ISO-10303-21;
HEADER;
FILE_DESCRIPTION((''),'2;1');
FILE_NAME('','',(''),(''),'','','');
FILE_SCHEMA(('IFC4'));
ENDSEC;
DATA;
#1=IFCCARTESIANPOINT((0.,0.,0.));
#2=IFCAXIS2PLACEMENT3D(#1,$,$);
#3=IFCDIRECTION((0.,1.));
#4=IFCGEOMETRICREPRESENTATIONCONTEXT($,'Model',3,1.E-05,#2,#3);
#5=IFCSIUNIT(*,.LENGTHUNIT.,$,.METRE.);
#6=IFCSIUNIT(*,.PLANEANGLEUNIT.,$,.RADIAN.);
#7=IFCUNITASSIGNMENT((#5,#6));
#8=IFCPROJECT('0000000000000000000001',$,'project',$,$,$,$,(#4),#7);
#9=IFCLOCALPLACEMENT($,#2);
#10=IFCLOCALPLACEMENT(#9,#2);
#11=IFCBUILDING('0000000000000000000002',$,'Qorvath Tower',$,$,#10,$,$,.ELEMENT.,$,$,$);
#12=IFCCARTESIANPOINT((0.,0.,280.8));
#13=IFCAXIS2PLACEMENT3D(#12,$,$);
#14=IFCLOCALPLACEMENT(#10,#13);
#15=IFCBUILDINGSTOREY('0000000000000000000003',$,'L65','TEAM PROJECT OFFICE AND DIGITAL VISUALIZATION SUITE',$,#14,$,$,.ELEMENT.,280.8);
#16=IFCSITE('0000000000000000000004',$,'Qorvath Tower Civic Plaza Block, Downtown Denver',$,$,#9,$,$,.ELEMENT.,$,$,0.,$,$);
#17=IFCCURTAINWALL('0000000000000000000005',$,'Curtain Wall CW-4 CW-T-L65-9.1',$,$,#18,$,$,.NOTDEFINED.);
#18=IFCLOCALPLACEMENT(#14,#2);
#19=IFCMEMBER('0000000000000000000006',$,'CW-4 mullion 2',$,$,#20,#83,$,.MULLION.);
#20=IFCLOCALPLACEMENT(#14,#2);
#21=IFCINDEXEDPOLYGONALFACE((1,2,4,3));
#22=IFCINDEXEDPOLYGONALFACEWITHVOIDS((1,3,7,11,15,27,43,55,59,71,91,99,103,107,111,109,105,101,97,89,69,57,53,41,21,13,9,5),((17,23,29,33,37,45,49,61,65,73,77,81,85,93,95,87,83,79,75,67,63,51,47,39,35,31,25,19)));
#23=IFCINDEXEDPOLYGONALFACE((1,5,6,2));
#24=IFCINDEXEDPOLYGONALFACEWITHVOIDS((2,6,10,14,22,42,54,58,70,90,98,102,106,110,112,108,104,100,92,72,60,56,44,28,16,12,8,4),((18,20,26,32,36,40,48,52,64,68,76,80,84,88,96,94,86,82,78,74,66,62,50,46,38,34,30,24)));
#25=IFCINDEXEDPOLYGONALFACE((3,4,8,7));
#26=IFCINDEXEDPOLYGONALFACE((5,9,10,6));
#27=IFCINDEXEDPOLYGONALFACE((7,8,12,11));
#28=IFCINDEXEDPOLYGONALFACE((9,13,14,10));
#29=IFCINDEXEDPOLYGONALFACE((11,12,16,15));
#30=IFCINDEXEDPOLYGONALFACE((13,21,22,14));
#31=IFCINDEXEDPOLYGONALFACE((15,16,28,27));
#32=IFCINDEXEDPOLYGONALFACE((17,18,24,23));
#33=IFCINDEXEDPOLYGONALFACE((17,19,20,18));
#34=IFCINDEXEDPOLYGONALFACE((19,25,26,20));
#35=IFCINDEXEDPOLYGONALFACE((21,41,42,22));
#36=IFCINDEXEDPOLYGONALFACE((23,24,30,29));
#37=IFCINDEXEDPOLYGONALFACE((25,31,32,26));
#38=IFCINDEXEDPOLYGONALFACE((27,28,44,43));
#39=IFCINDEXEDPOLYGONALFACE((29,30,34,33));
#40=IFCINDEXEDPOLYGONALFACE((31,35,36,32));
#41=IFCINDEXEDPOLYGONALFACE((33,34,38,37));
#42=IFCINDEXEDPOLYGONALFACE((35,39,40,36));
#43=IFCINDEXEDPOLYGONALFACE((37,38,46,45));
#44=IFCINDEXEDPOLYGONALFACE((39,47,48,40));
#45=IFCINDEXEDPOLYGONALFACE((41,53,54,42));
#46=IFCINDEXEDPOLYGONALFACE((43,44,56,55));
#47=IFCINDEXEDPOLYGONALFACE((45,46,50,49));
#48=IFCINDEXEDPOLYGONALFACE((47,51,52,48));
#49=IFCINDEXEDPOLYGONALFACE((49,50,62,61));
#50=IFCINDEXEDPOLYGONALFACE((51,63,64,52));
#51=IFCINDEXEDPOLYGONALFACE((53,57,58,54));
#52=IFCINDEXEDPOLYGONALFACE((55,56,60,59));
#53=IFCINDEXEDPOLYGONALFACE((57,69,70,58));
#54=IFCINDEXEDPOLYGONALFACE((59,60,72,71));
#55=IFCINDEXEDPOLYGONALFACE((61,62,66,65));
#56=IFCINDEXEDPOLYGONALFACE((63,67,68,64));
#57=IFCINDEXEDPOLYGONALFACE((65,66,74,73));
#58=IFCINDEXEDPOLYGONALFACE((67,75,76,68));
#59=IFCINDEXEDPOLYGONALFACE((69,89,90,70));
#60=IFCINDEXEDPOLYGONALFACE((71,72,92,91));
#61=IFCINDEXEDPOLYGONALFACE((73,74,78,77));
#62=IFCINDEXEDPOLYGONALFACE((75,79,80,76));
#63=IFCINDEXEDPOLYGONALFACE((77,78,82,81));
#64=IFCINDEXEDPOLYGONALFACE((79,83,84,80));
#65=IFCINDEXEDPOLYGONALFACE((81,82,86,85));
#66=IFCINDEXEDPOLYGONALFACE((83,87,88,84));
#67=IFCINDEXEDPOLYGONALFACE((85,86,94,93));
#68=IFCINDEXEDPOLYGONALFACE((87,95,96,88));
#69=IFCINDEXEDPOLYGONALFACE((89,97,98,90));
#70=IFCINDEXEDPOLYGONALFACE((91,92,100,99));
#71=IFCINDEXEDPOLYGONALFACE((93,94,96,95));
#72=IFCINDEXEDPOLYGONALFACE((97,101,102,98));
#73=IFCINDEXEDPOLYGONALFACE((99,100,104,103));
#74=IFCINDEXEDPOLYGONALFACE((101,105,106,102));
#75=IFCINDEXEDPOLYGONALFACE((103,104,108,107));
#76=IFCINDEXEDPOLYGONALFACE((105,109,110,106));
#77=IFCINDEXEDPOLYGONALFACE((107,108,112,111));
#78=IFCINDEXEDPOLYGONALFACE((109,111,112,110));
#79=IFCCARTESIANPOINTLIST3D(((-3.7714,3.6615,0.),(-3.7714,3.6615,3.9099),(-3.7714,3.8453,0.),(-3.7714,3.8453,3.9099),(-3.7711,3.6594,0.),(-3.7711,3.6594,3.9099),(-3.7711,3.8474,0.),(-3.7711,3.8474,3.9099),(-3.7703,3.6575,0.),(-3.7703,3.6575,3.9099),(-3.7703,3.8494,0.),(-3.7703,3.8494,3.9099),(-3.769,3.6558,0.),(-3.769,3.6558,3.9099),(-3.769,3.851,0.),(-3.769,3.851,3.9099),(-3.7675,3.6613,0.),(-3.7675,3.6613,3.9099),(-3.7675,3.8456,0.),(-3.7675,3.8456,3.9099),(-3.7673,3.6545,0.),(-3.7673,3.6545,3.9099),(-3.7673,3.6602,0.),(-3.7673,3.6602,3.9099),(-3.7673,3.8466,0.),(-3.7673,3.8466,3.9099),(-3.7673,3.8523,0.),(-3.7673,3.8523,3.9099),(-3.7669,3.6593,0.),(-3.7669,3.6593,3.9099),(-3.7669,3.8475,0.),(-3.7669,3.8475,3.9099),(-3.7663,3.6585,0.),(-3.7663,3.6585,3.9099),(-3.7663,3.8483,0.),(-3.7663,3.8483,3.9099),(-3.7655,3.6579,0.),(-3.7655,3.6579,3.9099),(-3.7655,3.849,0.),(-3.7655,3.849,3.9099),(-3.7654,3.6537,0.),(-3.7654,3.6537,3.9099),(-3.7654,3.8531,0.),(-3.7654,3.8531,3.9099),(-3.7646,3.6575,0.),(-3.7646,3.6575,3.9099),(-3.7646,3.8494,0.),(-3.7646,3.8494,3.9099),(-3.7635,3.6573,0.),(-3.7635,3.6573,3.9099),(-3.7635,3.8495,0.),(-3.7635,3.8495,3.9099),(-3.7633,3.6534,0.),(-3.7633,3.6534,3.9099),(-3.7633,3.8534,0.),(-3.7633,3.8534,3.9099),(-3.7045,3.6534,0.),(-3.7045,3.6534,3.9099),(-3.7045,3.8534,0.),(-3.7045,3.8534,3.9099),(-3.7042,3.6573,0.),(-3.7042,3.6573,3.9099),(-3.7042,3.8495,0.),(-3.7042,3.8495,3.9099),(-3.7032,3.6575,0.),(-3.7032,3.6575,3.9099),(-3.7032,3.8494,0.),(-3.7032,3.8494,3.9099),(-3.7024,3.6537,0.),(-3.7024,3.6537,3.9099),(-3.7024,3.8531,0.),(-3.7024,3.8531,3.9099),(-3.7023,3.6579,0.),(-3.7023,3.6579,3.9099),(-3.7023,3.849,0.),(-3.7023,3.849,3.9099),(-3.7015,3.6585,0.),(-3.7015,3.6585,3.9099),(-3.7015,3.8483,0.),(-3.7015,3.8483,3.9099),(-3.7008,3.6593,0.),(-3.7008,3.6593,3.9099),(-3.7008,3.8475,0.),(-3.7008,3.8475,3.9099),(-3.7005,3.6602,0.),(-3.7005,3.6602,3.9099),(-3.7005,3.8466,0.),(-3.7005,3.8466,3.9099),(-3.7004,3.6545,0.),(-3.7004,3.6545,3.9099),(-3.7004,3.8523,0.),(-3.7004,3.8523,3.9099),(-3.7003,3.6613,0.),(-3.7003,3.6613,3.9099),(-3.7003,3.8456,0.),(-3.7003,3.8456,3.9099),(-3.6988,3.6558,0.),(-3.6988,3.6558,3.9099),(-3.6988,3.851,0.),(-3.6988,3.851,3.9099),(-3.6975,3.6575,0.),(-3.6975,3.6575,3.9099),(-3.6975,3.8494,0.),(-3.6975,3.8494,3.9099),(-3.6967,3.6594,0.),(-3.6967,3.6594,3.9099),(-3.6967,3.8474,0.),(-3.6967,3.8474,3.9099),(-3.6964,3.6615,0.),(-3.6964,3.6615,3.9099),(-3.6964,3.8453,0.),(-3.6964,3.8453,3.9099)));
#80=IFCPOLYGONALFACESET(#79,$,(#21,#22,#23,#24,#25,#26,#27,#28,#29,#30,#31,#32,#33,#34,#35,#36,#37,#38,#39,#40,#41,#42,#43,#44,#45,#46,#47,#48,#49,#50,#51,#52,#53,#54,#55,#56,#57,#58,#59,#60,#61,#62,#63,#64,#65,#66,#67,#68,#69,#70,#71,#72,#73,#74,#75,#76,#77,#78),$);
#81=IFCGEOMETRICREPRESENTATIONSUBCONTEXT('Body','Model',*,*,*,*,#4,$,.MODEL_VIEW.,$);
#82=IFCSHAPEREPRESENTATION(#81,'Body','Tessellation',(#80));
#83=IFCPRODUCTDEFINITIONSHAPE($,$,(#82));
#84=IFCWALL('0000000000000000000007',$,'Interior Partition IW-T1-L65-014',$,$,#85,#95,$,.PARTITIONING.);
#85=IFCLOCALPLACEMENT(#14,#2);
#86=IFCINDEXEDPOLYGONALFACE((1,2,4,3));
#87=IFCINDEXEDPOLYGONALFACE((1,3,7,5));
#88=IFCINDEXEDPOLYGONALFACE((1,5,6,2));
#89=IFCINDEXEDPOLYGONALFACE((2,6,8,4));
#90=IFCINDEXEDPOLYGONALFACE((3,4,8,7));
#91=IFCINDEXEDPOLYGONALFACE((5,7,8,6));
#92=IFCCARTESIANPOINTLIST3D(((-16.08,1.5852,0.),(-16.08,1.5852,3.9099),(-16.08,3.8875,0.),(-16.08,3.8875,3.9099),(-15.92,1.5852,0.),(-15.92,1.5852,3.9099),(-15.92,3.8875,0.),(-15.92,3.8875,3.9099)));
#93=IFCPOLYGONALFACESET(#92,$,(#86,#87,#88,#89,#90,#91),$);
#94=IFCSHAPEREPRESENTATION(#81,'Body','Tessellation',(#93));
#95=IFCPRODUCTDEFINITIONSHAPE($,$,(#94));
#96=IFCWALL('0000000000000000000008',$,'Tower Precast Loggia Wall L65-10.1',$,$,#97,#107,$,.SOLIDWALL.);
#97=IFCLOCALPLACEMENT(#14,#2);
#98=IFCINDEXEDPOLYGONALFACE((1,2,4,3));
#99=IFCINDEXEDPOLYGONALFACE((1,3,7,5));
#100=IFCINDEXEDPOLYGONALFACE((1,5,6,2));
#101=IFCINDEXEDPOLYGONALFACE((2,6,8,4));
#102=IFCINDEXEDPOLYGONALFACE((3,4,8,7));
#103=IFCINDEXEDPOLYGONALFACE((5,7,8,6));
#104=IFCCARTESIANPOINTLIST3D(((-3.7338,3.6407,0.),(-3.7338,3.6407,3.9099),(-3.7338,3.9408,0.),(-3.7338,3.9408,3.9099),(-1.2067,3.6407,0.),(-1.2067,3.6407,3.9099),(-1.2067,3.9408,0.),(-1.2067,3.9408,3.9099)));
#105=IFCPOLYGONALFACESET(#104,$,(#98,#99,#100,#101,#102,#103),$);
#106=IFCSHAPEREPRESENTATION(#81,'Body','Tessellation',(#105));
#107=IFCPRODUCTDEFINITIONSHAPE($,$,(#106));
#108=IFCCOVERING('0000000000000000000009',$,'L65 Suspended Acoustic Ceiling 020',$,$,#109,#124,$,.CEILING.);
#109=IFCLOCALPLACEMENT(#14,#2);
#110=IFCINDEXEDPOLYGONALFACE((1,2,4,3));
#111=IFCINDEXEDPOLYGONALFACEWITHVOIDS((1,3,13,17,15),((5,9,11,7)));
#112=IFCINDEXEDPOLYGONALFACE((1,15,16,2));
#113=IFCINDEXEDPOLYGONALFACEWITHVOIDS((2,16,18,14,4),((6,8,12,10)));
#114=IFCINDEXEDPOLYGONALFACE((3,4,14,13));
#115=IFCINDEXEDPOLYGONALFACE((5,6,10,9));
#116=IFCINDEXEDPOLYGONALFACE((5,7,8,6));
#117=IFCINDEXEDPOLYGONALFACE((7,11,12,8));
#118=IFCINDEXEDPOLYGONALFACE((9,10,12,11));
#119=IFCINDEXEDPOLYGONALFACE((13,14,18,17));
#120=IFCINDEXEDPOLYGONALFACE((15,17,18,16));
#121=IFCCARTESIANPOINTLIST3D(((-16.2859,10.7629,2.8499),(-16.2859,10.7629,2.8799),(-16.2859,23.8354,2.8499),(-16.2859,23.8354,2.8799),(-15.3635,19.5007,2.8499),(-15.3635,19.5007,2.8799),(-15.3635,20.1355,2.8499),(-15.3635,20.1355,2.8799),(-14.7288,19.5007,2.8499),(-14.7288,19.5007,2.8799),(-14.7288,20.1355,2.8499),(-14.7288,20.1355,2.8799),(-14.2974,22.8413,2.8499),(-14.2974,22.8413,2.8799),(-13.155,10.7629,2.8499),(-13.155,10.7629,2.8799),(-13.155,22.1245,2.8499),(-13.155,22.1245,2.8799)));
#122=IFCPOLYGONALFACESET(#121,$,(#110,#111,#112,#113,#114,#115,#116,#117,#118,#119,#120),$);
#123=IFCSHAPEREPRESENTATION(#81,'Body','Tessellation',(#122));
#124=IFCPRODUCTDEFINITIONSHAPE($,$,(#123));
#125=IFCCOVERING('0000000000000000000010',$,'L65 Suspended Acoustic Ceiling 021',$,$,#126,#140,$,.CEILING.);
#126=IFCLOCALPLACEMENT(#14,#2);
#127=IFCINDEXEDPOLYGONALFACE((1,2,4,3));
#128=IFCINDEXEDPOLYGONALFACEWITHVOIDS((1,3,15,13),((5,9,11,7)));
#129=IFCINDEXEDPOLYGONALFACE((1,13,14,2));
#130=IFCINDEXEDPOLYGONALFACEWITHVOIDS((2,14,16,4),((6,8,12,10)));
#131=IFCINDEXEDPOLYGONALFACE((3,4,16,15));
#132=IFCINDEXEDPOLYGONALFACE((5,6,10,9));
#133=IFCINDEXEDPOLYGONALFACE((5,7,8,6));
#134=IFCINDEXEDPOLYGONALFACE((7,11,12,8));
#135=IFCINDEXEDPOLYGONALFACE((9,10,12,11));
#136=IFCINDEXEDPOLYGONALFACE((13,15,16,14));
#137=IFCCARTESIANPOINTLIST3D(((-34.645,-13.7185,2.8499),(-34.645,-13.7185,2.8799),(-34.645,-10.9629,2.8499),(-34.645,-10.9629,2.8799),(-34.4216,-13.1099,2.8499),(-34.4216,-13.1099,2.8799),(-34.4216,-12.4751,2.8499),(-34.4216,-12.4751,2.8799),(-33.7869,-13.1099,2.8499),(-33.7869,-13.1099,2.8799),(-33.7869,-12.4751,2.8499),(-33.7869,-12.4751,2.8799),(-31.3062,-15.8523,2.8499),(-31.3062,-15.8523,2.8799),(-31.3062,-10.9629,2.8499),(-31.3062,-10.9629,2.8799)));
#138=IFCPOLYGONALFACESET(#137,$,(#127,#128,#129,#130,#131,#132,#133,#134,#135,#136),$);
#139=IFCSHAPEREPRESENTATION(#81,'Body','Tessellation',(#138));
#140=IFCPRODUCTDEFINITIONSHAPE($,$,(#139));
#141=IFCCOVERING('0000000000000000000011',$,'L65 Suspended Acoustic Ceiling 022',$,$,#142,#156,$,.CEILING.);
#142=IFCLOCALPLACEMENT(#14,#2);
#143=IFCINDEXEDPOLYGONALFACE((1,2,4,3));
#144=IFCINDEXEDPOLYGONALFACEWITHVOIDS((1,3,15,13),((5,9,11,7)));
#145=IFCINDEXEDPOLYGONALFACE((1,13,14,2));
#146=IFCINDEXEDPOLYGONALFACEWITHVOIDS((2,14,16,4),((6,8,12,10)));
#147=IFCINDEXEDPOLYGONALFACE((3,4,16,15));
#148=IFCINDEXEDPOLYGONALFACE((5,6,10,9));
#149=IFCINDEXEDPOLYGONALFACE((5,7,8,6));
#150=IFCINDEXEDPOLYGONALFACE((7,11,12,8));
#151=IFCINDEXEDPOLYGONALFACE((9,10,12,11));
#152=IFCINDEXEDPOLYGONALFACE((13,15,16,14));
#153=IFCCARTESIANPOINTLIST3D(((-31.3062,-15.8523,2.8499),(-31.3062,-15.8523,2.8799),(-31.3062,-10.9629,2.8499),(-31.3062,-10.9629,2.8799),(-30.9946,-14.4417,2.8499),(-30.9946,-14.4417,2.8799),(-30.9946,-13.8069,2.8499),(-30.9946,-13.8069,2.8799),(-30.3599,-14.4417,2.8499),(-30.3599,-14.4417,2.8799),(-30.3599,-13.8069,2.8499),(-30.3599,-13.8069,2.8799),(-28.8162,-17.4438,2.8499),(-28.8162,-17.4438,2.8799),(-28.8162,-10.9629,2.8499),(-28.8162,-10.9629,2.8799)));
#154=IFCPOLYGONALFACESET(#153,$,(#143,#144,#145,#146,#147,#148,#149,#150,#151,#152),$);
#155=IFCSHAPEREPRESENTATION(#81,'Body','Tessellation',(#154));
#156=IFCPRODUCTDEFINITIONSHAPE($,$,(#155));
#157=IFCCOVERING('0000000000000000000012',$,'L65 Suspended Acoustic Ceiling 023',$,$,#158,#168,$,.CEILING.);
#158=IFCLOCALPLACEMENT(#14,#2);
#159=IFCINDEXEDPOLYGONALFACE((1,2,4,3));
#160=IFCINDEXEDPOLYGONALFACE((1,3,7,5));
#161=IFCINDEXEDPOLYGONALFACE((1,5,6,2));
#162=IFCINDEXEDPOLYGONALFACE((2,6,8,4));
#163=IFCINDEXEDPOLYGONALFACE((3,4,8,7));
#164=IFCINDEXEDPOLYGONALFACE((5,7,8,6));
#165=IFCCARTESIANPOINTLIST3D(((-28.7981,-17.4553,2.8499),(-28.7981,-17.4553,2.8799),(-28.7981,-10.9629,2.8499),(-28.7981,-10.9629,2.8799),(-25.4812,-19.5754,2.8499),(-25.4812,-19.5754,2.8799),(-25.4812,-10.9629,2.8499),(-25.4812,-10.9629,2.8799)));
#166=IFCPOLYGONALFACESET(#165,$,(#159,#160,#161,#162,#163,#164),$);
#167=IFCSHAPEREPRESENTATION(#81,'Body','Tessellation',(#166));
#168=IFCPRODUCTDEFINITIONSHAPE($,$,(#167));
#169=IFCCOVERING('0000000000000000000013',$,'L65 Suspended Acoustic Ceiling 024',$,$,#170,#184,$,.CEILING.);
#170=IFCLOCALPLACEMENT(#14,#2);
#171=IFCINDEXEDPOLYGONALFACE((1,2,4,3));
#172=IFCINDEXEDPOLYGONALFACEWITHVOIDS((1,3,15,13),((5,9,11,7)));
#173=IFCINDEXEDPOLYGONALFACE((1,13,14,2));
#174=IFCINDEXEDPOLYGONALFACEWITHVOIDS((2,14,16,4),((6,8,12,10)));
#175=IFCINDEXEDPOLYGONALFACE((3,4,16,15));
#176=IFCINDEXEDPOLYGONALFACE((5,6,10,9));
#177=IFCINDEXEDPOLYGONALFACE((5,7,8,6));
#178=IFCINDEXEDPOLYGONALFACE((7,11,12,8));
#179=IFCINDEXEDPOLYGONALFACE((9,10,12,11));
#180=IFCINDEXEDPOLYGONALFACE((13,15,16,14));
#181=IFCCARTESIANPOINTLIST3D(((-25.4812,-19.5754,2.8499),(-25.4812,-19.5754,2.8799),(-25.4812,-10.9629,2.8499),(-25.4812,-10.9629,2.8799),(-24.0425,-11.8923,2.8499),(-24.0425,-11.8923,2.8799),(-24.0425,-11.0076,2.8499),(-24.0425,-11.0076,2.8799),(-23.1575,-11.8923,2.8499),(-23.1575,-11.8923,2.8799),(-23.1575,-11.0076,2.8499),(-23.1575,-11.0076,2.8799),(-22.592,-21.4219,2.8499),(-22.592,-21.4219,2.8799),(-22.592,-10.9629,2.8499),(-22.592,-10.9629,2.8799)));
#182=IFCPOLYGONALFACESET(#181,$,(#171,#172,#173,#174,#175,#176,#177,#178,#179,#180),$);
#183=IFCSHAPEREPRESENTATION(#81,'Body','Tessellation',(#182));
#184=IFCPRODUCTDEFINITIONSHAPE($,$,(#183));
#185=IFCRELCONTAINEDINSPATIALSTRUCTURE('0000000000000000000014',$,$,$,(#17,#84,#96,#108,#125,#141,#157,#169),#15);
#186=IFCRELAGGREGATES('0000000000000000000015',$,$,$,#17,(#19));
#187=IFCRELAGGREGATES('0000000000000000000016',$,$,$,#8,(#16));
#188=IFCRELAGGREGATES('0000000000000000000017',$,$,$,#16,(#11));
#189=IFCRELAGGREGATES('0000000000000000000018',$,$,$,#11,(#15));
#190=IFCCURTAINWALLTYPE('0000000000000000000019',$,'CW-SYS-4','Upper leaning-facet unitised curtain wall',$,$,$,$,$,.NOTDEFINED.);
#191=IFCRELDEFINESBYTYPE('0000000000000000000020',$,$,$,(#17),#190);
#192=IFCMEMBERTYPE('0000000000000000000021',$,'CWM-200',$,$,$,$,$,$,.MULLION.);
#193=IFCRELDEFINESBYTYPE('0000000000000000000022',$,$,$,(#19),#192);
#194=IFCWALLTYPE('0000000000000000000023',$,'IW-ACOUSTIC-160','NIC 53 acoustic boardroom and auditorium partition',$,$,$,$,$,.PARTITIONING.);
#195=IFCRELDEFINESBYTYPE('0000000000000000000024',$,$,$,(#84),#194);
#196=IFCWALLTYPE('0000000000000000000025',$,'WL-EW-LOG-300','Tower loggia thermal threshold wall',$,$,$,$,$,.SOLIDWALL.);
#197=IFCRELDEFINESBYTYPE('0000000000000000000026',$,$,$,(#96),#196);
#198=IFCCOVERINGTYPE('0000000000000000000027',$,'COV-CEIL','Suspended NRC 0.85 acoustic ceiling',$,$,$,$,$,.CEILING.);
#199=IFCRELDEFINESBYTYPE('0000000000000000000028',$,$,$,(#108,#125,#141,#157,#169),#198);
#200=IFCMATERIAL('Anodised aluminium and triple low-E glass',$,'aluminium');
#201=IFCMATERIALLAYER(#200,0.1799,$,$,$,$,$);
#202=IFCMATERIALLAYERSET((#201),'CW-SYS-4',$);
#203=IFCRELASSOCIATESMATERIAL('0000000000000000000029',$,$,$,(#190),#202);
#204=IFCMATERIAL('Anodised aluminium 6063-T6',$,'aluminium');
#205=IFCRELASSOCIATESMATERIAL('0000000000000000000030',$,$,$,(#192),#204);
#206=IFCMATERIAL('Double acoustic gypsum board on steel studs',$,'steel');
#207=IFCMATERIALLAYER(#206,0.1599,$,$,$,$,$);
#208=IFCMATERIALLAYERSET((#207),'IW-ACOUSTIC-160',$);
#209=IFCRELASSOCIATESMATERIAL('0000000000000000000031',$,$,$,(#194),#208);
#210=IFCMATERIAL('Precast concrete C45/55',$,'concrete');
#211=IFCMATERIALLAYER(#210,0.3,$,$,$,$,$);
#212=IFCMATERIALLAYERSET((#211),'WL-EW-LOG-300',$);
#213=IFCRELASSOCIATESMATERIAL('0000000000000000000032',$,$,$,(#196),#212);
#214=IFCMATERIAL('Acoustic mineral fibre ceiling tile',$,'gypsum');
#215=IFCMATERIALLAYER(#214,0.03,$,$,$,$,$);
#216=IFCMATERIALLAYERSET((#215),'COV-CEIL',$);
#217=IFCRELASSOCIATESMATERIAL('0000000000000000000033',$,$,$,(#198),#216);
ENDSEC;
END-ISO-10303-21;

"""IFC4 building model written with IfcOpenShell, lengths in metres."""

from ifc_helpers import new_model, si_unit, direction, frame, frame_2d, origin, origin_2d, place, context, subcontext, project, spatial, polyline, rectangle, hollow_rectangle, outline, extrude, material, layer, layer_set, material_profile, profile_set, type_object, element, aggregate, save


model = new_model("IFC4")

# Units and contexts
model_context = context("Model", 3, precision=1e-05, world=origin(), true_north=direction((0.0, 1.0)))
body_context = subcontext(model_context, "Body", "Model", "MODEL_VIEW")
ifc_project = project(units=[si_unit("LENGTHUNIT", "METRE"), si_unit("PLANEANGLEUNIT", "RADIAN")], contexts=[model_context])

# Site, building, storey
site_placement = place(None, origin())
site = spatial("IfcSite", under=ifc_project, at=site_placement, Name="Qorvath Tower Civic Plaza Block, Downtown Denver", CompositionType="ELEMENT", RefElevation=0.0)
building_placement = place(site_placement, origin())
building = spatial("IfcBuilding", under=site, at=building_placement, Name="Qorvath Tower", CompositionType="ELEMENT")
storey_placement = place(building_placement, frame((0.0, 0.0, 280.8)))
storey = spatial("IfcBuildingStorey", under=building, at=storey_placement, Name="L65", Description="TEAM PROJECT OFFICE AND DIGITAL VISUALIZATION SUITE", CompositionType="ELEMENT", Elevation=280.8)

# Curtain wall, member
ifc_material_1 = material(Name="Anodised aluminium and triple low-E glass", Category="aluminium")
ifc_layer_1 = layer(ifc_material_1, 0.1799)
ifc_layer_set_1 = layer_set([ifc_layer_1], Name="CW-SYS-4")
curtain_wall_type = type_object("IfcCurtainWallType", Name="CW-SYS-4", Description="Upper leaning-facet unitised curtain wall", PredefinedType="NOTDEFINED", material=ifc_layer_set_1)
curtain_wall_placement = place(storey_placement, origin())
curtain_wall = element("IfcCurtainWall", 1, at=curtain_wall_placement, inside=storey, type_object=curtain_wall_type, Name="Curtain Wall CW-4 CW-T-L65-9.1", PredefinedType="NOTDEFINED")
ifc_material_2 = material(Name="Anodised aluminium 6063-T6", Category="aluminium")
ifc_material_profile = material_profile(ifc_material_2, hollow_rectangle(XDim=0.075, YDim=0.2, WallThickness=0.0039, InnerFilletRadius=0.0039, OuterFilletRadius=0.0081, at=origin_2d()), Name="CWM 200x75")
ifc_profile_set = profile_set([ifc_material_profile], Name="Anodised aluminium 6063-T6")
member_type = type_object("IfcMemberType", Name="CWM-200", PredefinedType="MULLION", material=ifc_profile_set)
member_placement = place(storey_placement, frame((-3.7339, 3.7534, 0.0), z_axis=(0.0, 0.0, 1.0), x_axis=(-1.0, 0.0, 0.0)))
member = element("IfcMember", 2, at=member_placement, type_object=member_type, Name="CW-4 mullion 2", PredefinedType="MULLION", context=body_context, shape_type="SweptSolid", body=[
    extrude(hollow_rectangle(XDim=0.075, YDim=0.2, WallThickness=0.0039, InnerFilletRadius=0.0039, OuterFilletRadius=0.0081, at=origin_2d()), origin(), (0.0, 0.0, 1.0), 3.9099),
])
aggregate(curtain_wall, [member])

# Walls
ifc_material_3 = material(Name="Double acoustic gypsum board on steel studs", Category="steel")
ifc_layer_2 = layer(ifc_material_3, 0.1599)
ifc_layer_set_2 = layer_set([ifc_layer_2], Name="IW-ACOUSTIC-160")
wall_type_1 = type_object("IfcWallType", Name="IW-ACOUSTIC-160", Description="NIC 53 acoustic boardroom and auditorium partition", PredefinedType="PARTITIONING", material=ifc_layer_set_2)
wall_1_placement = place(storey_placement, frame((-16.0, 1.5852, 0.0), z_axis=(0.0, 0.0, 1.0), x_axis=(0.0, 1.0, 0.0)))
element("IfcWall", 3, at=wall_1_placement, inside=storey, type_object=wall_type_1, Name="Interior Partition IW-T1-L65-014", PredefinedType="PARTITIONING", context=body_context, shape_type="SweptSolid", body=[
    extrude(rectangle(XDim=2.3022, YDim=0.1599, at=frame_2d((1.1511, 0.0))), origin(), (0.0, 0.0, 1.0), 3.9099),
])
ifc_material_4 = material(Name="Precast concrete C45/55", Category="concrete")
ifc_layer_3 = layer(ifc_material_4, 0.3)
ifc_layer_set_3 = layer_set([ifc_layer_3], Name="WL-EW-LOG-300")
wall_type_2 = type_object("IfcWallType", Name="WL-EW-LOG-300", Description="Tower loggia thermal threshold wall", PredefinedType="SOLIDWALL", material=ifc_layer_set_3)
wall_2_placement = place(storey_placement, frame((-3.7339, 3.7908, 0.0), z_axis=(0.0, 0.0, 1.0), x_axis=(1.0, 0.0, 0.0)))
element("IfcWall", 4, at=wall_2_placement, inside=storey, type_object=wall_type_2, Name="Tower Precast Loggia Wall L65-10.1", PredefinedType="SOLIDWALL", context=body_context, shape_type="SweptSolid", body=[
    extrude(rectangle(XDim=2.5271, YDim=0.3, at=frame_2d((1.2637, 0.0))), origin(), (0.0, 0.0, 1.0), 3.9099),
])

# Coverings
ifc_material_5 = material(Name="Acoustic mineral fibre ceiling tile", Category="gypsum")
ifc_layer_4 = layer(ifc_material_5, 0.03)
ifc_layer_set_4 = layer_set([ifc_layer_4], Name="COV-CEIL")
covering_type_1 = type_object("IfcCoveringType", Name="COV-CEIL", Description="Suspended NRC 0.85 acoustic ceiling", PredefinedType="CEILING", material=ifc_layer_set_4)
covering_1_placement = place(storey_placement, frame((0.0, 0.0, 2.8499)))
element("IfcCovering", 5, at=covering_1_placement, inside=storey, type_object=covering_type_1, Name="L65 Suspended Acoustic Ceiling 020", PredefinedType="CEILING", context=body_context, shape_type="SweptSolid", body=[
    extrude(outline(polyline([(-13.155, 10.7629), (-13.155, 22.1245), (-14.2974, 22.8413), (-16.2859, 23.8354), (-16.2859, 10.7629), (-13.155, 10.7629)]), holes=[polyline([(-15.3635, 19.5007), (-15.3635, 20.1355), (-14.7288, 20.1355), (-14.7288, 19.5007), (-15.3635, 19.5007)])]), origin(), (0.0, 0.0, 1.0), 0.03),
])
covering_2_placement = place(storey_placement, frame((0.0, 0.0, 2.8499)))
element("IfcCovering", 6, at=covering_2_placement, inside=storey, type_object=covering_type_1, Name="L65 Suspended Acoustic Ceiling 021", PredefinedType="CEILING", context=body_context, shape_type="SweptSolid", body=[
    extrude(outline(polyline([(-34.645, -10.9629), (-34.645, -13.7185), (-31.3062, -15.8523), (-31.3062, -10.9629), (-34.645, -10.9629)]), holes=[polyline([(-34.4216, -13.1099), (-34.4216, -12.4751), (-33.7869, -12.4751), (-33.7869, -13.1099), (-34.4216, -13.1099)])]), origin(), (0.0, 0.0, 1.0), 0.03),
])
covering_3_placement = place(storey_placement, frame((0.0, 0.0, 2.8499)))
element("IfcCovering", 7, at=covering_3_placement, inside=storey, type_object=covering_type_1, Name="L65 Suspended Acoustic Ceiling 022", PredefinedType="CEILING", context=body_context, shape_type="SweptSolid", body=[
    extrude(outline(polyline([(-31.3062, -10.9629), (-31.3062, -15.8523), (-28.8162, -17.4438), (-28.8162, -10.9629), (-31.3062, -10.9629)]), holes=[polyline([(-30.9946, -14.4417), (-30.9946, -13.8069), (-30.3599, -13.8069), (-30.3599, -14.4417), (-30.9946, -14.4417)])]), origin(), (0.0, 0.0, 1.0), 0.03),
])
covering_4_placement = place(storey_placement, frame((0.0, 0.0, 2.8499)))
element("IfcCovering", 8, at=covering_4_placement, inside=storey, type_object=covering_type_1, Name="L65 Suspended Acoustic Ceiling 023", PredefinedType="CEILING", context=body_context, shape_type="SweptSolid", body=[
    extrude(outline(polyline([(-28.7981, -10.9629), (-28.7981, -17.4553), (-25.4812, -19.5754), (-25.4812, -10.9629), (-28.7981, -10.9629)])), origin(), (0.0, 0.0, 1.0), 0.03),
])
covering_5_placement = place(storey_placement, frame((0.0, 0.0, 2.8499)))
element("IfcCovering", 9, at=covering_5_placement, inside=storey, type_object=covering_type_1, Name="L65 Suspended Acoustic Ceiling 024", PredefinedType="CEILING", context=body_context, shape_type="SweptSolid", body=[
    extrude(outline(polyline([(-25.4812, -10.9629), (-25.4812, -19.5754), (-22.592, -21.4219), (-22.592, -10.9629), (-25.4812, -10.9629)]), holes=[polyline([(-24.0425, -11.8923), (-24.0425, -11.0076), (-23.1575, -11.0076), (-23.1575, -11.8923), (-24.0425, -11.8923)])]), origin(), (0.0, 0.0, 1.0), 0.03),
])

save(model, "model.ifc")
